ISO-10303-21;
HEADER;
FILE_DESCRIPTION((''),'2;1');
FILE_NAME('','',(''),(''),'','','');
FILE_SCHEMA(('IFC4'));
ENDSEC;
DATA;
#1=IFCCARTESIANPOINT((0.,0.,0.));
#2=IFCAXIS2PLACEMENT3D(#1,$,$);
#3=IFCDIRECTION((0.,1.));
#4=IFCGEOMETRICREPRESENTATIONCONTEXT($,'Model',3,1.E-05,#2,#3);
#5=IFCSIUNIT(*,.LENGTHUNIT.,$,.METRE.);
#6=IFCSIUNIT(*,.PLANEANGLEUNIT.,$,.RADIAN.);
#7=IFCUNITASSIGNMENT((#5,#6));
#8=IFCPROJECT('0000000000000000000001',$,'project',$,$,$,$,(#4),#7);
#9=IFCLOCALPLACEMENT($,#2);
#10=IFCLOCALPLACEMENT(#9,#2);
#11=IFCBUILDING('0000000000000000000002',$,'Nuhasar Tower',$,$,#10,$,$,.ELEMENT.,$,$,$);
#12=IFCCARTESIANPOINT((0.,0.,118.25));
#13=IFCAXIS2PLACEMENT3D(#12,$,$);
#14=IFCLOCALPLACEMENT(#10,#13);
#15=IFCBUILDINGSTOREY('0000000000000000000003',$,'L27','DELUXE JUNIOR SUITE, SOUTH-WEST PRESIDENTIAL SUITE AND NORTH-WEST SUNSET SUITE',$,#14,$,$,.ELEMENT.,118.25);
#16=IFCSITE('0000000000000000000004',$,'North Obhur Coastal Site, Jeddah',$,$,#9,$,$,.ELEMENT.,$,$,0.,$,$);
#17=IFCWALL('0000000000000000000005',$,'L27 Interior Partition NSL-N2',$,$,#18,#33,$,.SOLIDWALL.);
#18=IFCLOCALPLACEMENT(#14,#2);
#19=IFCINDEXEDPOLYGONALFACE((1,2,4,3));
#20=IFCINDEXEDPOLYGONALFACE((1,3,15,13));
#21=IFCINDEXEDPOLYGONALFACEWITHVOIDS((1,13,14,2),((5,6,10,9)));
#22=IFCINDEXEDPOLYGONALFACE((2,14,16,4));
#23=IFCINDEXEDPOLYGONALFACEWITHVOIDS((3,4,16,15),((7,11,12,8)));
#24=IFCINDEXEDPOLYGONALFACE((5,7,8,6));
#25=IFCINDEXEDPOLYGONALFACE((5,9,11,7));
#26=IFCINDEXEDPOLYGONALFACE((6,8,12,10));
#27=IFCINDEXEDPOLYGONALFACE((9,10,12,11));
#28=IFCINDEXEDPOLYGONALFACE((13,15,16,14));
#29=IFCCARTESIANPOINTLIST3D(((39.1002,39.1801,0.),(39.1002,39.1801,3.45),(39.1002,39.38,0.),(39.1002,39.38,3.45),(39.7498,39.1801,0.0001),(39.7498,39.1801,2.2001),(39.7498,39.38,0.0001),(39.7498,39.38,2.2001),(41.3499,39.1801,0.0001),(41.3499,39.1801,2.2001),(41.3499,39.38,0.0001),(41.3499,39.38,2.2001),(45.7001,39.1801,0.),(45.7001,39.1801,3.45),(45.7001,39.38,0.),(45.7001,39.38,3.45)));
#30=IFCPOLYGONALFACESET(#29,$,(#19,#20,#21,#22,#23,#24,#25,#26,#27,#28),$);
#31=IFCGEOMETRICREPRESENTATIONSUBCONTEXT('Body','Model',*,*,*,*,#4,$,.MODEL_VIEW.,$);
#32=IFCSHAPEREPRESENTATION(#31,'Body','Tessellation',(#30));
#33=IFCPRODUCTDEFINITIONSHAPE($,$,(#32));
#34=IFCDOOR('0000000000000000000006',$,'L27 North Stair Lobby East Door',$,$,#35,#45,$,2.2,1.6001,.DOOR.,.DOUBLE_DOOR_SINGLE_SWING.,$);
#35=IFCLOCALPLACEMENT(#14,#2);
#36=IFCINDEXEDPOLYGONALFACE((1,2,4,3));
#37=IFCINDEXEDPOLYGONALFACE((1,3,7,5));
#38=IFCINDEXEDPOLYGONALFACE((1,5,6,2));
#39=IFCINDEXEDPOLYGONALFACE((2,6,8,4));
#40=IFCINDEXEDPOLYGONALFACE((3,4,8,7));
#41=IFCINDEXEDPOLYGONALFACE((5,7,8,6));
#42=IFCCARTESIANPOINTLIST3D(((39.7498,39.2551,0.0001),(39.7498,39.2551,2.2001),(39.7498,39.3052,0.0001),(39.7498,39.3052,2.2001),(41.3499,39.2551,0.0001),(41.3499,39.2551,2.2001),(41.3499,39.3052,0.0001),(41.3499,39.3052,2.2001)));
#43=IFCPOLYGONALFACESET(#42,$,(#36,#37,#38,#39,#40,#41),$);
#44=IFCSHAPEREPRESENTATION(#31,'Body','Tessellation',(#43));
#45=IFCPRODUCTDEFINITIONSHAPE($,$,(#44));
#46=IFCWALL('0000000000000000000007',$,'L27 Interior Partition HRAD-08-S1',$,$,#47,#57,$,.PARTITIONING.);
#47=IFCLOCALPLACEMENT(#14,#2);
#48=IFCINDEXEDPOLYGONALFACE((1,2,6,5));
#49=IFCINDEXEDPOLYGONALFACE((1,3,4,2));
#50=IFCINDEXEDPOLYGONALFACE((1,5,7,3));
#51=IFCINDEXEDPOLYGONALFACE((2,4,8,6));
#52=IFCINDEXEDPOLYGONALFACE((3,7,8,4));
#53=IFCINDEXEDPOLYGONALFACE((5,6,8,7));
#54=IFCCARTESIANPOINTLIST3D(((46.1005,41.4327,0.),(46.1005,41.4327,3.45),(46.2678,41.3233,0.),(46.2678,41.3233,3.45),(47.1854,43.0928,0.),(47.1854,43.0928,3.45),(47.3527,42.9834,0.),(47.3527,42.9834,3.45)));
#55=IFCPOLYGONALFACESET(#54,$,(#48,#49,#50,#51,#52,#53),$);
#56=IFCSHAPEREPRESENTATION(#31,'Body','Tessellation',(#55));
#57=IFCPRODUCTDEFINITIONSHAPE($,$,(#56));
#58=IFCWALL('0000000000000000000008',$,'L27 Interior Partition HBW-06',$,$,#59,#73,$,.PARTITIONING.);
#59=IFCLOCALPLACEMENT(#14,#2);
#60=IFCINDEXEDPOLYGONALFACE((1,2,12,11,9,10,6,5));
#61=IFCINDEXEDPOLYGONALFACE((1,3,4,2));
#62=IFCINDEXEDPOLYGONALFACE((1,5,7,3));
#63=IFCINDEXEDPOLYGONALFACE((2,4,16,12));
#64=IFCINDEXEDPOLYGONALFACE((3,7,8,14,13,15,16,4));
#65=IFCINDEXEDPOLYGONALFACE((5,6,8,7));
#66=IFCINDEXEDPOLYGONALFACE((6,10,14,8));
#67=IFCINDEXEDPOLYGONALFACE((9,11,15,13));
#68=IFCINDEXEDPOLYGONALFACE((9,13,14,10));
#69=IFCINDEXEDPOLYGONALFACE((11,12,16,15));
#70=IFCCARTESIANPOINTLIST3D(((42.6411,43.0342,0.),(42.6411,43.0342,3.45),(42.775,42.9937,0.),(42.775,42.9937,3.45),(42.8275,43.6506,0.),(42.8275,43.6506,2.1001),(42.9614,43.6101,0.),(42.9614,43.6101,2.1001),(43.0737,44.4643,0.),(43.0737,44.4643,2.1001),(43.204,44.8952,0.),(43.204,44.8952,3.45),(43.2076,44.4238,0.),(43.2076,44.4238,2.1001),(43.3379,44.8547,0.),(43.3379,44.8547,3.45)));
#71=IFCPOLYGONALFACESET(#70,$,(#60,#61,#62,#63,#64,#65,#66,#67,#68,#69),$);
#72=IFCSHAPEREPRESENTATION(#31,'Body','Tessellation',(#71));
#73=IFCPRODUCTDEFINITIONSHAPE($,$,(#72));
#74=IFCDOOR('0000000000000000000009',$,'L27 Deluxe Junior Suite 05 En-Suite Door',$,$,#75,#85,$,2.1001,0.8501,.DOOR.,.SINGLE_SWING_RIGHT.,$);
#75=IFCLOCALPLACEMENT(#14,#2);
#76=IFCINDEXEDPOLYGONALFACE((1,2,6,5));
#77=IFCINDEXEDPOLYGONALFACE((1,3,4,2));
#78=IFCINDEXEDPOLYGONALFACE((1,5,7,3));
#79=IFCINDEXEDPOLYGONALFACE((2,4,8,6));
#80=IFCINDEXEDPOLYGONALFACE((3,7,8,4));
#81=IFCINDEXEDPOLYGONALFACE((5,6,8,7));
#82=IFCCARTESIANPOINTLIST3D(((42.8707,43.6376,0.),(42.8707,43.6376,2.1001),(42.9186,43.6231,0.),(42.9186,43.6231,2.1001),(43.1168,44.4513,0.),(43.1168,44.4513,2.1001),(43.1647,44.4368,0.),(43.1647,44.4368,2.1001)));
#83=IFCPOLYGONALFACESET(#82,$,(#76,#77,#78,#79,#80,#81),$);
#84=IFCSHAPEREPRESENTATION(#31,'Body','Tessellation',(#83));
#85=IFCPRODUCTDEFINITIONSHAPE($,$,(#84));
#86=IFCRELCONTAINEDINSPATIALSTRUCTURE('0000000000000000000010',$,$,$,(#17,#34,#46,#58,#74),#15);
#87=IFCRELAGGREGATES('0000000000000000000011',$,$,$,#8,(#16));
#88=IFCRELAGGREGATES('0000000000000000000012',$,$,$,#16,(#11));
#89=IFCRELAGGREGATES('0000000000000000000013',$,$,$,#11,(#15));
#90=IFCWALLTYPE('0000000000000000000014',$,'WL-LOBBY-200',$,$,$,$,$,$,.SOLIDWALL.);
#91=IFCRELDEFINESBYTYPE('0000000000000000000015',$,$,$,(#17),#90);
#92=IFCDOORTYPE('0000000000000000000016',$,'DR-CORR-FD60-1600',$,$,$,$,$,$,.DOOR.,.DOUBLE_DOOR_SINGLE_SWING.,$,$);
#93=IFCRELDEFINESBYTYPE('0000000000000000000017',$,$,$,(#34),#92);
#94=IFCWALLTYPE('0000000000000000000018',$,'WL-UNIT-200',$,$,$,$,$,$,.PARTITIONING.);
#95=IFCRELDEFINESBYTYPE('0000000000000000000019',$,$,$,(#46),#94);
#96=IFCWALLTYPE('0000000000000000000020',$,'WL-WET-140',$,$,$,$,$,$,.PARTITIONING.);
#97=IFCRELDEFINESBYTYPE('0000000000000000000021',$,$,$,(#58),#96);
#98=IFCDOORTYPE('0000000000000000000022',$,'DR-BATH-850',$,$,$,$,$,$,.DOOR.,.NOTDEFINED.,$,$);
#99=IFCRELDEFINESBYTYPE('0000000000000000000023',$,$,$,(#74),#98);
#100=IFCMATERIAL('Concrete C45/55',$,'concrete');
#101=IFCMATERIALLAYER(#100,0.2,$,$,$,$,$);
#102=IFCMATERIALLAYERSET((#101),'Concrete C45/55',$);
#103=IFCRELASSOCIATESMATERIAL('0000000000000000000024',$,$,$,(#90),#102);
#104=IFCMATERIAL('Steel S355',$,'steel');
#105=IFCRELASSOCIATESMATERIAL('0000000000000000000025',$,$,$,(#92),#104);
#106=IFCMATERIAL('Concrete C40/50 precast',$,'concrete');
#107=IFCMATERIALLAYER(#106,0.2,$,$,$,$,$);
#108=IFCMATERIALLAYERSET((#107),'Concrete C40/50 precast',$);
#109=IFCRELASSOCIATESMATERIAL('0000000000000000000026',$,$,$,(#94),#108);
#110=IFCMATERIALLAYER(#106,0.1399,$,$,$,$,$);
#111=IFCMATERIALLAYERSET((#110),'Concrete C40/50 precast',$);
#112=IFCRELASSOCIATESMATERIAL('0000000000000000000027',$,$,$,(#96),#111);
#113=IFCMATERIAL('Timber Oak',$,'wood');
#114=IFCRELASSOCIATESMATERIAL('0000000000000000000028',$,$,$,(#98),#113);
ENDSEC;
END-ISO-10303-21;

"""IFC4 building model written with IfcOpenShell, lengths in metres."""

from ifc_helpers import new_model, si_unit, direction, frame, frame_2d, origin, place, context, subcontext, project, spatial, rectangle, extrude, material, layer, layer_set, type_object, element, fill, save


model = new_model("IFC4")

# Units and contexts
model_context = context("Model", 3, precision=1e-05, world=origin(), true_north=direction((0.0, 1.0)))
body_context = subcontext(model_context, "Body", "Model", "MODEL_VIEW")
ifc_project = project(units=[si_unit("LENGTHUNIT", "METRE"), si_unit("PLANEANGLEUNIT", "RADIAN")], contexts=[model_context])

# Site, building, storey
site_placement = place(None, origin())
site = spatial("IfcSite", under=ifc_project, at=site_placement, Name="North Obhur Coastal Site, Jeddah", CompositionType="ELEMENT", RefElevation=0.0)
building_placement = place(site_placement, origin())
building = spatial("IfcBuilding", under=site, at=building_placement, Name="Nuhasar Tower", CompositionType="ELEMENT")
storey_placement = place(building_placement, frame((0.0, 0.0, 118.25)))
storey = spatial("IfcBuildingStorey", under=building, at=storey_placement, Name="L27", Description="DELUXE JUNIOR SUITE, SOUTH-WEST PRESIDENTIAL SUITE AND NORTH-WEST SUNSET SUITE", CompositionType="ELEMENT", Elevation=118.25)

# Shared definitions
ifc_material_1 = material(Name="Steel S355", Category="steel")

# Shared definitions
ifc_material_2 = material(Name="Timber Oak", Category="wood")

# Shared definitions
ifc_material_3 = material(Name="Concrete C45/55", Category="concrete")
ifc_layer_1 = layer(ifc_material_3, 0.2)
ifc_layer_set_1 = layer_set([ifc_layer_1], Name="Concrete C45/55")
wall_type_1 = type_object("IfcWallType", Name="WL-LOBBY-200", PredefinedType="SOLIDWALL", material=ifc_layer_set_1)

# Wall, opening, door
wall_1_placement = place(storey_placement, frame((45.7, 39.28, 0.0), z_axis=(0.0, 0.0, 1.0), x_axis=(-1.0, 0.0, 0.0)))
wall_1 = element("IfcWall", 1, at=wall_1_placement, inside=storey, type_object=wall_type_1, Name="L27 Interior Partition NSL-N2", PredefinedType="SOLIDWALL", context=body_context, shape_type="SweptSolid", body=[
    extrude(rectangle(XDim=6.5999, YDim=0.2, at=frame_2d((3.2998, 0.0))), origin(), (0.0, 0.0, 1.0), 3.45),
])
opening_1_placement = place(wall_1_placement, frame((4.3501, 0.0, 0.0)))
opening_1 = element("IfcOpeningElement", 2, at=opening_1_placement, cuts=wall_1, PredefinedType="OPENING", context=body_context, shape_type="SweptSolid", body=[
    extrude(rectangle(XDim=1.6001, YDim=2.2, at=frame_2d((0.8, 1.1001))), frame((0.0, 0.1099, 0.0), z_axis=(0.0, -1.0, 0.0), x_axis=(1.0, 0.0, 0.0)), (0.0, 0.0, 1.0), 0.22),
])
door_type_1 = type_object("IfcDoorType", Name="DR-CORR-FD60-1600", OperationType="DOUBLE_DOOR_SINGLE_SWING", PredefinedType="DOOR", material=ifc_material_1)
door_1_placement = place(opening_1_placement, origin())
door_1 = element("IfcDoor", 3, at=door_1_placement, inside=storey, type_object=door_type_1, Name="L27 North Stair Lobby East Door", OperationType="DOUBLE_DOOR_SINGLE_SWING", OverallHeight=2.2, OverallWidth=1.6001, PredefinedType="DOOR", context=body_context, shape_type="SweptSolid", body=[
    extrude(rectangle(XDim=1.6001, YDim=2.2, at=frame_2d((0.8, 1.1001))), frame((0.0, 0.0249, 0.0), z_axis=(0.0, -1.0, 0.0), x_axis=(1.0, 0.0, 0.0)), (0.0, 0.0, 1.0), 0.05),
])
fill(opening_1, door_1)

# Wall
ifc_material_4 = material(Name="Concrete C40/50 precast", Category="concrete")
ifc_layer_2 = layer(ifc_material_4, 0.2)
ifc_layer_set_2 = layer_set([ifc_layer_2], Name="Concrete C40/50 precast")
wall_type_2 = type_object("IfcWallType", Name="WL-UNIT-200", PredefinedType="PARTITIONING", material=ifc_layer_set_2)
wall_2_placement = place(storey_placement, frame((46.1841, 41.3779, 0.0), z_axis=(0.0, 0.0, 1.0), x_axis=(0.547064, 0.837091, 0.0)))
element("IfcWall", 4, at=wall_2_placement, inside=storey, type_object=wall_type_2, Name="L27 Interior Partition HRAD-08-S1", PredefinedType="PARTITIONING", context=body_context, shape_type="SweptSolid", body=[
    extrude(rectangle(XDim=1.9832, YDim=0.2, at=frame_2d((0.9917, 0.0))), origin(), (0.0, 0.0, 1.0), 3.45),
])

# Wall, opening, door
ifc_layer_3 = layer(ifc_material_4, 0.1399)
ifc_layer_set_3 = layer_set([ifc_layer_3], Name="Concrete C40/50 precast")
wall_type_3 = type_object("IfcWallType", Name="WL-WET-140", PredefinedType="PARTITIONING", material=ifc_layer_set_3)
wall_3_placement = place(storey_placement, frame((42.708, 43.0139, 0.0), z_axis=(0.0, 0.0, 1.0), x_axis=(0.289547, 0.957164, 0.0)))
wall_3 = element("IfcWall", 5, at=wall_3_placement, inside=storey, type_object=wall_type_3, Name="L27 Interior Partition HBW-06", PredefinedType="PARTITIONING", context=body_context, shape_type="SweptSolid", body=[
    extrude(rectangle(XDim=1.9443, YDim=0.1399, at=frame_2d((0.9722, 0.0))), origin(), (0.0, 0.0, 1.0), 3.45),
])
opening_2_placement = place(wall_3_placement, frame((0.644, 0.0, 0.0)))
opening_2 = element("IfcOpeningElement", 6, at=opening_2_placement, cuts=wall_3, PredefinedType="OPENING", context=body_context, shape_type="SweptSolid", body=[
    extrude(rectangle(XDim=0.8501, YDim=2.1001, at=frame_2d((0.425, 1.05))), frame((0.0, 0.0801, 0.0), z_axis=(0.0, -1.0, 0.0), x_axis=(1.0, 0.0, 0.0)), (0.0, 0.0, 1.0), 0.1599),
])
door_type_2 = type_object("IfcDoorType", Name="DR-BATH-850", OperationType="NOTDEFINED", PredefinedType="DOOR", material=ifc_material_2)
door_2_placement = place(opening_2_placement, origin())
door_2 = element("IfcDoor", 7, at=door_2_placement, inside=storey, type_object=door_type_2, Name="L27 Deluxe Junior Suite 05 En-Suite Door", OperationType="SINGLE_SWING_RIGHT", OverallHeight=2.1001, OverallWidth=0.8501, PredefinedType="DOOR", context=body_context, shape_type="SweptSolid", body=[
    extrude(rectangle(XDim=0.8501, YDim=2.1001, at=frame_2d((0.425, 1.05))), frame((0.0, 0.0249, 0.0), z_axis=(0.0, -1.0, 0.0), x_axis=(1.0, 0.0, 0.0)), (0.0, 0.0, 1.0), 0.05),
])
fill(opening_2, door_2)

save(model, "model.ifc")
